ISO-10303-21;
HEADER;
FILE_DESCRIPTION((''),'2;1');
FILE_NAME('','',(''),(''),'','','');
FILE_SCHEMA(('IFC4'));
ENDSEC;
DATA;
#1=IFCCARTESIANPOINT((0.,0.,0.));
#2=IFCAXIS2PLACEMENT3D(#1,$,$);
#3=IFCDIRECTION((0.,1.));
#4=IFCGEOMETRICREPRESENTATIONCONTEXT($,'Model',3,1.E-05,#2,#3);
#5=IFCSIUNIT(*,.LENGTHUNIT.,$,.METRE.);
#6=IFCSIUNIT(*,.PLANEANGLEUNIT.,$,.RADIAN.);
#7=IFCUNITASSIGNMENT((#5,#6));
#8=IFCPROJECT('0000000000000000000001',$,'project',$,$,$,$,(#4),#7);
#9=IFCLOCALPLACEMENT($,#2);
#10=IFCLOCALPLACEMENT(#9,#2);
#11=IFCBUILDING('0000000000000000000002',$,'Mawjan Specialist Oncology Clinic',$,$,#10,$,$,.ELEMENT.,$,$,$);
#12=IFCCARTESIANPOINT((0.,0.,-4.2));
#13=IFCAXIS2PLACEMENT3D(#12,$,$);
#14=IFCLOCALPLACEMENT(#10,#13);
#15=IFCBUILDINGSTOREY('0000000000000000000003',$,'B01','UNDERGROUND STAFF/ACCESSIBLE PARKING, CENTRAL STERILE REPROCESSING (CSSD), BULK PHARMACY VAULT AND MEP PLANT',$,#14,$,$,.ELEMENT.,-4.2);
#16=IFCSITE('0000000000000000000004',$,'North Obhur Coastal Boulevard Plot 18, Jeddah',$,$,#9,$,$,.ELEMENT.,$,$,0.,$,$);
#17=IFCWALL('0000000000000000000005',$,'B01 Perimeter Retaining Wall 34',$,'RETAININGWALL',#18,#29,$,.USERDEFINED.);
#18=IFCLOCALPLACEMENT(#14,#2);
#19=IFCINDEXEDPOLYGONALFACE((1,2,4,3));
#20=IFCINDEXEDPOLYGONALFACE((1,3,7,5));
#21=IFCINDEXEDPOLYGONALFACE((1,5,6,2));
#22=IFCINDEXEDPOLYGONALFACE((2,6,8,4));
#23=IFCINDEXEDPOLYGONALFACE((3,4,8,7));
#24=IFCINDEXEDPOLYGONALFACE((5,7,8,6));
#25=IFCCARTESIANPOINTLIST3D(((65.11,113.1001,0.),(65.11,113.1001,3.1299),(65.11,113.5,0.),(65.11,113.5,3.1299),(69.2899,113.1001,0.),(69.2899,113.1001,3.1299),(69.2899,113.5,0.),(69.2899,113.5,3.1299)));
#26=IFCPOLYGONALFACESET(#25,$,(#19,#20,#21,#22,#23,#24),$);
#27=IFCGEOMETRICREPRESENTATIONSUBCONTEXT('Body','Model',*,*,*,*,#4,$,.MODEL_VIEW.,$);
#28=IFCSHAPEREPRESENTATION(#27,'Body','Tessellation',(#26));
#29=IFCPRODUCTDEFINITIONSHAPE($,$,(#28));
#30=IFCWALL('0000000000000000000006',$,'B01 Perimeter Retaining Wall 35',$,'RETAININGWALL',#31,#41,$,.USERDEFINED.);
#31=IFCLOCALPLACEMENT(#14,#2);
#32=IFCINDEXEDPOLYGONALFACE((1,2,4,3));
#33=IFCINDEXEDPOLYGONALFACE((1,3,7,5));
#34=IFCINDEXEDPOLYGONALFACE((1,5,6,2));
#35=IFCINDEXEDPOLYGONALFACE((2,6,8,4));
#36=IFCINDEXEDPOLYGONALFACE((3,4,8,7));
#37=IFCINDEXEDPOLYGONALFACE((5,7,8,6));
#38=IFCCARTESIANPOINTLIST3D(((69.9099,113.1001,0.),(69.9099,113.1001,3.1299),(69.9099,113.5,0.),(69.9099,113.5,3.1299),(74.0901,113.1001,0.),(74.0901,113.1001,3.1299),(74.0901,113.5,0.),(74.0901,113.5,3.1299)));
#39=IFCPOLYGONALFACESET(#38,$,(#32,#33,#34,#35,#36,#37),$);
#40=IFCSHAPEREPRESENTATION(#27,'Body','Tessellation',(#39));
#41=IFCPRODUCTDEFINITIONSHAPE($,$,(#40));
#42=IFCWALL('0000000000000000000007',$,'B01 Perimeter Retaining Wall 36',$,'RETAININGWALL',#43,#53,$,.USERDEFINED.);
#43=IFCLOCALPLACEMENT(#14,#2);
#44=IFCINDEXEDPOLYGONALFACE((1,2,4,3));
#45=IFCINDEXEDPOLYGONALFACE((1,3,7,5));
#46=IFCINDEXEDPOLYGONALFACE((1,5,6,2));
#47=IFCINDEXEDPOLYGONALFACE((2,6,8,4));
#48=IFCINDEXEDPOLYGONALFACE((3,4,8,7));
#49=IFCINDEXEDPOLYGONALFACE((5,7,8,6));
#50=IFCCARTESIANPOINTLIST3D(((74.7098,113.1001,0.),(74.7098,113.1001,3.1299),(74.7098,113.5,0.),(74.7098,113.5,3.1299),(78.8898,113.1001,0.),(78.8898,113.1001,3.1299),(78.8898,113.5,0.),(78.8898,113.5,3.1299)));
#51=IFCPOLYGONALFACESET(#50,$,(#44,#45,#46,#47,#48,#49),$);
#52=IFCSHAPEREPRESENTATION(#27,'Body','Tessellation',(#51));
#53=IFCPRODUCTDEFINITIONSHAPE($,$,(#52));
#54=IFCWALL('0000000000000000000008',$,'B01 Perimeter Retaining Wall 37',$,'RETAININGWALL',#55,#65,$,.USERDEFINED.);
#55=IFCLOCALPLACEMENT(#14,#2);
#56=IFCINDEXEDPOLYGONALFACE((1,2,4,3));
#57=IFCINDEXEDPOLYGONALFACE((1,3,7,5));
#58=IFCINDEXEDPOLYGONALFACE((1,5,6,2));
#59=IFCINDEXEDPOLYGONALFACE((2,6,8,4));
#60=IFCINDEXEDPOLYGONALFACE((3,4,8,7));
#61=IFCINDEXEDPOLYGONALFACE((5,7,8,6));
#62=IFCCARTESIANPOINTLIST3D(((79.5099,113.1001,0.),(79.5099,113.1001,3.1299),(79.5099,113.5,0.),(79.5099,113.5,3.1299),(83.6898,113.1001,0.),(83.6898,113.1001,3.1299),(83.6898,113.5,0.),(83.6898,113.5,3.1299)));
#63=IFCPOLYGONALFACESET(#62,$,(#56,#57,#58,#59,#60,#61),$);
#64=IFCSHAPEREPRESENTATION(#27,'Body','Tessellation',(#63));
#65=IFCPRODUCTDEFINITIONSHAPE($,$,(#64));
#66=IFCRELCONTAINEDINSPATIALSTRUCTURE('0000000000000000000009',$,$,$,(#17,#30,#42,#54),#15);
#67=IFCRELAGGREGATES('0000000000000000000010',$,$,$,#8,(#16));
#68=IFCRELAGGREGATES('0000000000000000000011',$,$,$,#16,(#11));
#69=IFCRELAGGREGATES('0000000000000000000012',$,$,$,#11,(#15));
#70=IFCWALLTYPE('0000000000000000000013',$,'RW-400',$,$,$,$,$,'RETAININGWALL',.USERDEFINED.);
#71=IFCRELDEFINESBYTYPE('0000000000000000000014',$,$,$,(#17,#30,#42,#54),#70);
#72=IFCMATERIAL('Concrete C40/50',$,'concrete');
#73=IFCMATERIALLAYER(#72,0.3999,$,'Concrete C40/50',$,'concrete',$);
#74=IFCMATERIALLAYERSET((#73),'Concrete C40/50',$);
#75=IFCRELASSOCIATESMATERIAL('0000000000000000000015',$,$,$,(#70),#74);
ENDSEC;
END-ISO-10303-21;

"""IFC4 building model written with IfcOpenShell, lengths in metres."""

from ifc_helpers import new_model, si_unit, direction, frame, frame_2d, origin, place, context, subcontext, project, spatial, rectangle, extrude, material, layer, layer_set, type_object, element, save


model = new_model("IFC4")

# Units and contexts
model_context = context("Model", 3, precision=1e-05, world=origin(), true_north=direction((0.0, 1.0)))
body_context = subcontext(model_context, "Body", "Model", "MODEL_VIEW")
ifc_project = project(units=[si_unit("LENGTHUNIT", "METRE"), si_unit("PLANEANGLEUNIT", "RADIAN")], contexts=[model_context])

# Site, building, storey
site_placement = place(None, origin())
site = spatial("IfcSite", under=ifc_project, at=site_placement, Name="North Obhur Coastal Boulevard Plot 18, Jeddah", CompositionType="ELEMENT", RefElevation=0.0)
building_placement = place(site_placement, origin())
building = spatial("IfcBuilding", under=site, at=building_placement, Name="Mawjan Specialist Oncology Clinic", CompositionType="ELEMENT")
storey_placement = place(building_placement, frame((0.0, 0.0, -4.2)))
storey = spatial("IfcBuildingStorey", under=building, at=storey_placement, Name="B01", Description="UNDERGROUND STAFF/ACCESSIBLE PARKING, CENTRAL STERILE REPROCESSING (CSSD), BULK PHARMACY VAULT AND MEP PLANT", CompositionType="ELEMENT", Elevation=-4.2)

# Walls
ifc_material_1 = material(Name="Concrete C40/50", Category="concrete")
ifc_layer = layer(ifc_material_1, 0.3999, Name="Concrete C40/50", Category="concrete")
ifc_layer_set = layer_set([ifc_layer], Name="Concrete C40/50")
wall_type = type_object("IfcWallType", Name="RW-400", ElementType="RETAININGWALL", PredefinedType="USERDEFINED", material=ifc_layer_set)
wall_1_placement = place(storey_placement, frame((65.1101, 113.3, 0.0), z_axis=(0.0, 0.0, 1.0), x_axis=(1.0, 0.0, 0.0)))
element("IfcWall", 1, at=wall_1_placement, inside=storey, type_object=wall_type, Name="B01 Perimeter Retaining Wall 34", ObjectType="RETAININGWALL", PredefinedType="USERDEFINED", context=body_context, shape_type="SweptSolid", body=[
    extrude(rectangle(XDim=4.1799, YDim=0.3999, at=frame_2d((2.0898, 0.0))), origin(), (0.0, 0.0, 1.0), 3.1299),
])
wall_2_placement = place(storey_placement, frame((69.9099, 113.3, 0.0), z_axis=(0.0, 0.0, 1.0), x_axis=(1.0, 0.0, 0.0)))
element("IfcWall", 2, at=wall_2_placement, inside=storey, type_object=wall_type, Name="B01 Perimeter Retaining Wall 35", ObjectType="RETAININGWALL", PredefinedType="USERDEFINED", context=body_context, shape_type="SweptSolid", body=[
    extrude(rectangle(XDim=4.1802, YDim=0.3999, at=frame_2d((2.0901, 0.0))), origin(), (0.0, 0.0, 1.0), 3.1299),
])
for number, where, z_axis, x_axis, name in (
    (3, (74.71, 113.3, 0.0), (0.0, 0.0, 1.0), (1.0, 0.0, 0.0), "B01 Perimeter Retaining Wall 36"),
    (4, (79.51, 113.3, 0.0), (0.0, 0.0, 1.0), (1.0, 0.0, 0.0), "B01 Perimeter Retaining Wall 37"),
):
    element("IfcWall", number, at=place(storey_placement, frame(where, z_axis=z_axis, x_axis=x_axis)), inside=storey, type_object=wall_type, Name=name, ObjectType="RETAININGWALL", PredefinedType="USERDEFINED", context=body_context, shape_type="SweptSolid", body=[
        extrude(rectangle(XDim=4.1799, YDim=0.3999, at=frame_2d((2.0898, 0.0))), origin(), (0.0, 0.0, 1.0), 3.1299),
    ])

save(model, "model.ifc")
